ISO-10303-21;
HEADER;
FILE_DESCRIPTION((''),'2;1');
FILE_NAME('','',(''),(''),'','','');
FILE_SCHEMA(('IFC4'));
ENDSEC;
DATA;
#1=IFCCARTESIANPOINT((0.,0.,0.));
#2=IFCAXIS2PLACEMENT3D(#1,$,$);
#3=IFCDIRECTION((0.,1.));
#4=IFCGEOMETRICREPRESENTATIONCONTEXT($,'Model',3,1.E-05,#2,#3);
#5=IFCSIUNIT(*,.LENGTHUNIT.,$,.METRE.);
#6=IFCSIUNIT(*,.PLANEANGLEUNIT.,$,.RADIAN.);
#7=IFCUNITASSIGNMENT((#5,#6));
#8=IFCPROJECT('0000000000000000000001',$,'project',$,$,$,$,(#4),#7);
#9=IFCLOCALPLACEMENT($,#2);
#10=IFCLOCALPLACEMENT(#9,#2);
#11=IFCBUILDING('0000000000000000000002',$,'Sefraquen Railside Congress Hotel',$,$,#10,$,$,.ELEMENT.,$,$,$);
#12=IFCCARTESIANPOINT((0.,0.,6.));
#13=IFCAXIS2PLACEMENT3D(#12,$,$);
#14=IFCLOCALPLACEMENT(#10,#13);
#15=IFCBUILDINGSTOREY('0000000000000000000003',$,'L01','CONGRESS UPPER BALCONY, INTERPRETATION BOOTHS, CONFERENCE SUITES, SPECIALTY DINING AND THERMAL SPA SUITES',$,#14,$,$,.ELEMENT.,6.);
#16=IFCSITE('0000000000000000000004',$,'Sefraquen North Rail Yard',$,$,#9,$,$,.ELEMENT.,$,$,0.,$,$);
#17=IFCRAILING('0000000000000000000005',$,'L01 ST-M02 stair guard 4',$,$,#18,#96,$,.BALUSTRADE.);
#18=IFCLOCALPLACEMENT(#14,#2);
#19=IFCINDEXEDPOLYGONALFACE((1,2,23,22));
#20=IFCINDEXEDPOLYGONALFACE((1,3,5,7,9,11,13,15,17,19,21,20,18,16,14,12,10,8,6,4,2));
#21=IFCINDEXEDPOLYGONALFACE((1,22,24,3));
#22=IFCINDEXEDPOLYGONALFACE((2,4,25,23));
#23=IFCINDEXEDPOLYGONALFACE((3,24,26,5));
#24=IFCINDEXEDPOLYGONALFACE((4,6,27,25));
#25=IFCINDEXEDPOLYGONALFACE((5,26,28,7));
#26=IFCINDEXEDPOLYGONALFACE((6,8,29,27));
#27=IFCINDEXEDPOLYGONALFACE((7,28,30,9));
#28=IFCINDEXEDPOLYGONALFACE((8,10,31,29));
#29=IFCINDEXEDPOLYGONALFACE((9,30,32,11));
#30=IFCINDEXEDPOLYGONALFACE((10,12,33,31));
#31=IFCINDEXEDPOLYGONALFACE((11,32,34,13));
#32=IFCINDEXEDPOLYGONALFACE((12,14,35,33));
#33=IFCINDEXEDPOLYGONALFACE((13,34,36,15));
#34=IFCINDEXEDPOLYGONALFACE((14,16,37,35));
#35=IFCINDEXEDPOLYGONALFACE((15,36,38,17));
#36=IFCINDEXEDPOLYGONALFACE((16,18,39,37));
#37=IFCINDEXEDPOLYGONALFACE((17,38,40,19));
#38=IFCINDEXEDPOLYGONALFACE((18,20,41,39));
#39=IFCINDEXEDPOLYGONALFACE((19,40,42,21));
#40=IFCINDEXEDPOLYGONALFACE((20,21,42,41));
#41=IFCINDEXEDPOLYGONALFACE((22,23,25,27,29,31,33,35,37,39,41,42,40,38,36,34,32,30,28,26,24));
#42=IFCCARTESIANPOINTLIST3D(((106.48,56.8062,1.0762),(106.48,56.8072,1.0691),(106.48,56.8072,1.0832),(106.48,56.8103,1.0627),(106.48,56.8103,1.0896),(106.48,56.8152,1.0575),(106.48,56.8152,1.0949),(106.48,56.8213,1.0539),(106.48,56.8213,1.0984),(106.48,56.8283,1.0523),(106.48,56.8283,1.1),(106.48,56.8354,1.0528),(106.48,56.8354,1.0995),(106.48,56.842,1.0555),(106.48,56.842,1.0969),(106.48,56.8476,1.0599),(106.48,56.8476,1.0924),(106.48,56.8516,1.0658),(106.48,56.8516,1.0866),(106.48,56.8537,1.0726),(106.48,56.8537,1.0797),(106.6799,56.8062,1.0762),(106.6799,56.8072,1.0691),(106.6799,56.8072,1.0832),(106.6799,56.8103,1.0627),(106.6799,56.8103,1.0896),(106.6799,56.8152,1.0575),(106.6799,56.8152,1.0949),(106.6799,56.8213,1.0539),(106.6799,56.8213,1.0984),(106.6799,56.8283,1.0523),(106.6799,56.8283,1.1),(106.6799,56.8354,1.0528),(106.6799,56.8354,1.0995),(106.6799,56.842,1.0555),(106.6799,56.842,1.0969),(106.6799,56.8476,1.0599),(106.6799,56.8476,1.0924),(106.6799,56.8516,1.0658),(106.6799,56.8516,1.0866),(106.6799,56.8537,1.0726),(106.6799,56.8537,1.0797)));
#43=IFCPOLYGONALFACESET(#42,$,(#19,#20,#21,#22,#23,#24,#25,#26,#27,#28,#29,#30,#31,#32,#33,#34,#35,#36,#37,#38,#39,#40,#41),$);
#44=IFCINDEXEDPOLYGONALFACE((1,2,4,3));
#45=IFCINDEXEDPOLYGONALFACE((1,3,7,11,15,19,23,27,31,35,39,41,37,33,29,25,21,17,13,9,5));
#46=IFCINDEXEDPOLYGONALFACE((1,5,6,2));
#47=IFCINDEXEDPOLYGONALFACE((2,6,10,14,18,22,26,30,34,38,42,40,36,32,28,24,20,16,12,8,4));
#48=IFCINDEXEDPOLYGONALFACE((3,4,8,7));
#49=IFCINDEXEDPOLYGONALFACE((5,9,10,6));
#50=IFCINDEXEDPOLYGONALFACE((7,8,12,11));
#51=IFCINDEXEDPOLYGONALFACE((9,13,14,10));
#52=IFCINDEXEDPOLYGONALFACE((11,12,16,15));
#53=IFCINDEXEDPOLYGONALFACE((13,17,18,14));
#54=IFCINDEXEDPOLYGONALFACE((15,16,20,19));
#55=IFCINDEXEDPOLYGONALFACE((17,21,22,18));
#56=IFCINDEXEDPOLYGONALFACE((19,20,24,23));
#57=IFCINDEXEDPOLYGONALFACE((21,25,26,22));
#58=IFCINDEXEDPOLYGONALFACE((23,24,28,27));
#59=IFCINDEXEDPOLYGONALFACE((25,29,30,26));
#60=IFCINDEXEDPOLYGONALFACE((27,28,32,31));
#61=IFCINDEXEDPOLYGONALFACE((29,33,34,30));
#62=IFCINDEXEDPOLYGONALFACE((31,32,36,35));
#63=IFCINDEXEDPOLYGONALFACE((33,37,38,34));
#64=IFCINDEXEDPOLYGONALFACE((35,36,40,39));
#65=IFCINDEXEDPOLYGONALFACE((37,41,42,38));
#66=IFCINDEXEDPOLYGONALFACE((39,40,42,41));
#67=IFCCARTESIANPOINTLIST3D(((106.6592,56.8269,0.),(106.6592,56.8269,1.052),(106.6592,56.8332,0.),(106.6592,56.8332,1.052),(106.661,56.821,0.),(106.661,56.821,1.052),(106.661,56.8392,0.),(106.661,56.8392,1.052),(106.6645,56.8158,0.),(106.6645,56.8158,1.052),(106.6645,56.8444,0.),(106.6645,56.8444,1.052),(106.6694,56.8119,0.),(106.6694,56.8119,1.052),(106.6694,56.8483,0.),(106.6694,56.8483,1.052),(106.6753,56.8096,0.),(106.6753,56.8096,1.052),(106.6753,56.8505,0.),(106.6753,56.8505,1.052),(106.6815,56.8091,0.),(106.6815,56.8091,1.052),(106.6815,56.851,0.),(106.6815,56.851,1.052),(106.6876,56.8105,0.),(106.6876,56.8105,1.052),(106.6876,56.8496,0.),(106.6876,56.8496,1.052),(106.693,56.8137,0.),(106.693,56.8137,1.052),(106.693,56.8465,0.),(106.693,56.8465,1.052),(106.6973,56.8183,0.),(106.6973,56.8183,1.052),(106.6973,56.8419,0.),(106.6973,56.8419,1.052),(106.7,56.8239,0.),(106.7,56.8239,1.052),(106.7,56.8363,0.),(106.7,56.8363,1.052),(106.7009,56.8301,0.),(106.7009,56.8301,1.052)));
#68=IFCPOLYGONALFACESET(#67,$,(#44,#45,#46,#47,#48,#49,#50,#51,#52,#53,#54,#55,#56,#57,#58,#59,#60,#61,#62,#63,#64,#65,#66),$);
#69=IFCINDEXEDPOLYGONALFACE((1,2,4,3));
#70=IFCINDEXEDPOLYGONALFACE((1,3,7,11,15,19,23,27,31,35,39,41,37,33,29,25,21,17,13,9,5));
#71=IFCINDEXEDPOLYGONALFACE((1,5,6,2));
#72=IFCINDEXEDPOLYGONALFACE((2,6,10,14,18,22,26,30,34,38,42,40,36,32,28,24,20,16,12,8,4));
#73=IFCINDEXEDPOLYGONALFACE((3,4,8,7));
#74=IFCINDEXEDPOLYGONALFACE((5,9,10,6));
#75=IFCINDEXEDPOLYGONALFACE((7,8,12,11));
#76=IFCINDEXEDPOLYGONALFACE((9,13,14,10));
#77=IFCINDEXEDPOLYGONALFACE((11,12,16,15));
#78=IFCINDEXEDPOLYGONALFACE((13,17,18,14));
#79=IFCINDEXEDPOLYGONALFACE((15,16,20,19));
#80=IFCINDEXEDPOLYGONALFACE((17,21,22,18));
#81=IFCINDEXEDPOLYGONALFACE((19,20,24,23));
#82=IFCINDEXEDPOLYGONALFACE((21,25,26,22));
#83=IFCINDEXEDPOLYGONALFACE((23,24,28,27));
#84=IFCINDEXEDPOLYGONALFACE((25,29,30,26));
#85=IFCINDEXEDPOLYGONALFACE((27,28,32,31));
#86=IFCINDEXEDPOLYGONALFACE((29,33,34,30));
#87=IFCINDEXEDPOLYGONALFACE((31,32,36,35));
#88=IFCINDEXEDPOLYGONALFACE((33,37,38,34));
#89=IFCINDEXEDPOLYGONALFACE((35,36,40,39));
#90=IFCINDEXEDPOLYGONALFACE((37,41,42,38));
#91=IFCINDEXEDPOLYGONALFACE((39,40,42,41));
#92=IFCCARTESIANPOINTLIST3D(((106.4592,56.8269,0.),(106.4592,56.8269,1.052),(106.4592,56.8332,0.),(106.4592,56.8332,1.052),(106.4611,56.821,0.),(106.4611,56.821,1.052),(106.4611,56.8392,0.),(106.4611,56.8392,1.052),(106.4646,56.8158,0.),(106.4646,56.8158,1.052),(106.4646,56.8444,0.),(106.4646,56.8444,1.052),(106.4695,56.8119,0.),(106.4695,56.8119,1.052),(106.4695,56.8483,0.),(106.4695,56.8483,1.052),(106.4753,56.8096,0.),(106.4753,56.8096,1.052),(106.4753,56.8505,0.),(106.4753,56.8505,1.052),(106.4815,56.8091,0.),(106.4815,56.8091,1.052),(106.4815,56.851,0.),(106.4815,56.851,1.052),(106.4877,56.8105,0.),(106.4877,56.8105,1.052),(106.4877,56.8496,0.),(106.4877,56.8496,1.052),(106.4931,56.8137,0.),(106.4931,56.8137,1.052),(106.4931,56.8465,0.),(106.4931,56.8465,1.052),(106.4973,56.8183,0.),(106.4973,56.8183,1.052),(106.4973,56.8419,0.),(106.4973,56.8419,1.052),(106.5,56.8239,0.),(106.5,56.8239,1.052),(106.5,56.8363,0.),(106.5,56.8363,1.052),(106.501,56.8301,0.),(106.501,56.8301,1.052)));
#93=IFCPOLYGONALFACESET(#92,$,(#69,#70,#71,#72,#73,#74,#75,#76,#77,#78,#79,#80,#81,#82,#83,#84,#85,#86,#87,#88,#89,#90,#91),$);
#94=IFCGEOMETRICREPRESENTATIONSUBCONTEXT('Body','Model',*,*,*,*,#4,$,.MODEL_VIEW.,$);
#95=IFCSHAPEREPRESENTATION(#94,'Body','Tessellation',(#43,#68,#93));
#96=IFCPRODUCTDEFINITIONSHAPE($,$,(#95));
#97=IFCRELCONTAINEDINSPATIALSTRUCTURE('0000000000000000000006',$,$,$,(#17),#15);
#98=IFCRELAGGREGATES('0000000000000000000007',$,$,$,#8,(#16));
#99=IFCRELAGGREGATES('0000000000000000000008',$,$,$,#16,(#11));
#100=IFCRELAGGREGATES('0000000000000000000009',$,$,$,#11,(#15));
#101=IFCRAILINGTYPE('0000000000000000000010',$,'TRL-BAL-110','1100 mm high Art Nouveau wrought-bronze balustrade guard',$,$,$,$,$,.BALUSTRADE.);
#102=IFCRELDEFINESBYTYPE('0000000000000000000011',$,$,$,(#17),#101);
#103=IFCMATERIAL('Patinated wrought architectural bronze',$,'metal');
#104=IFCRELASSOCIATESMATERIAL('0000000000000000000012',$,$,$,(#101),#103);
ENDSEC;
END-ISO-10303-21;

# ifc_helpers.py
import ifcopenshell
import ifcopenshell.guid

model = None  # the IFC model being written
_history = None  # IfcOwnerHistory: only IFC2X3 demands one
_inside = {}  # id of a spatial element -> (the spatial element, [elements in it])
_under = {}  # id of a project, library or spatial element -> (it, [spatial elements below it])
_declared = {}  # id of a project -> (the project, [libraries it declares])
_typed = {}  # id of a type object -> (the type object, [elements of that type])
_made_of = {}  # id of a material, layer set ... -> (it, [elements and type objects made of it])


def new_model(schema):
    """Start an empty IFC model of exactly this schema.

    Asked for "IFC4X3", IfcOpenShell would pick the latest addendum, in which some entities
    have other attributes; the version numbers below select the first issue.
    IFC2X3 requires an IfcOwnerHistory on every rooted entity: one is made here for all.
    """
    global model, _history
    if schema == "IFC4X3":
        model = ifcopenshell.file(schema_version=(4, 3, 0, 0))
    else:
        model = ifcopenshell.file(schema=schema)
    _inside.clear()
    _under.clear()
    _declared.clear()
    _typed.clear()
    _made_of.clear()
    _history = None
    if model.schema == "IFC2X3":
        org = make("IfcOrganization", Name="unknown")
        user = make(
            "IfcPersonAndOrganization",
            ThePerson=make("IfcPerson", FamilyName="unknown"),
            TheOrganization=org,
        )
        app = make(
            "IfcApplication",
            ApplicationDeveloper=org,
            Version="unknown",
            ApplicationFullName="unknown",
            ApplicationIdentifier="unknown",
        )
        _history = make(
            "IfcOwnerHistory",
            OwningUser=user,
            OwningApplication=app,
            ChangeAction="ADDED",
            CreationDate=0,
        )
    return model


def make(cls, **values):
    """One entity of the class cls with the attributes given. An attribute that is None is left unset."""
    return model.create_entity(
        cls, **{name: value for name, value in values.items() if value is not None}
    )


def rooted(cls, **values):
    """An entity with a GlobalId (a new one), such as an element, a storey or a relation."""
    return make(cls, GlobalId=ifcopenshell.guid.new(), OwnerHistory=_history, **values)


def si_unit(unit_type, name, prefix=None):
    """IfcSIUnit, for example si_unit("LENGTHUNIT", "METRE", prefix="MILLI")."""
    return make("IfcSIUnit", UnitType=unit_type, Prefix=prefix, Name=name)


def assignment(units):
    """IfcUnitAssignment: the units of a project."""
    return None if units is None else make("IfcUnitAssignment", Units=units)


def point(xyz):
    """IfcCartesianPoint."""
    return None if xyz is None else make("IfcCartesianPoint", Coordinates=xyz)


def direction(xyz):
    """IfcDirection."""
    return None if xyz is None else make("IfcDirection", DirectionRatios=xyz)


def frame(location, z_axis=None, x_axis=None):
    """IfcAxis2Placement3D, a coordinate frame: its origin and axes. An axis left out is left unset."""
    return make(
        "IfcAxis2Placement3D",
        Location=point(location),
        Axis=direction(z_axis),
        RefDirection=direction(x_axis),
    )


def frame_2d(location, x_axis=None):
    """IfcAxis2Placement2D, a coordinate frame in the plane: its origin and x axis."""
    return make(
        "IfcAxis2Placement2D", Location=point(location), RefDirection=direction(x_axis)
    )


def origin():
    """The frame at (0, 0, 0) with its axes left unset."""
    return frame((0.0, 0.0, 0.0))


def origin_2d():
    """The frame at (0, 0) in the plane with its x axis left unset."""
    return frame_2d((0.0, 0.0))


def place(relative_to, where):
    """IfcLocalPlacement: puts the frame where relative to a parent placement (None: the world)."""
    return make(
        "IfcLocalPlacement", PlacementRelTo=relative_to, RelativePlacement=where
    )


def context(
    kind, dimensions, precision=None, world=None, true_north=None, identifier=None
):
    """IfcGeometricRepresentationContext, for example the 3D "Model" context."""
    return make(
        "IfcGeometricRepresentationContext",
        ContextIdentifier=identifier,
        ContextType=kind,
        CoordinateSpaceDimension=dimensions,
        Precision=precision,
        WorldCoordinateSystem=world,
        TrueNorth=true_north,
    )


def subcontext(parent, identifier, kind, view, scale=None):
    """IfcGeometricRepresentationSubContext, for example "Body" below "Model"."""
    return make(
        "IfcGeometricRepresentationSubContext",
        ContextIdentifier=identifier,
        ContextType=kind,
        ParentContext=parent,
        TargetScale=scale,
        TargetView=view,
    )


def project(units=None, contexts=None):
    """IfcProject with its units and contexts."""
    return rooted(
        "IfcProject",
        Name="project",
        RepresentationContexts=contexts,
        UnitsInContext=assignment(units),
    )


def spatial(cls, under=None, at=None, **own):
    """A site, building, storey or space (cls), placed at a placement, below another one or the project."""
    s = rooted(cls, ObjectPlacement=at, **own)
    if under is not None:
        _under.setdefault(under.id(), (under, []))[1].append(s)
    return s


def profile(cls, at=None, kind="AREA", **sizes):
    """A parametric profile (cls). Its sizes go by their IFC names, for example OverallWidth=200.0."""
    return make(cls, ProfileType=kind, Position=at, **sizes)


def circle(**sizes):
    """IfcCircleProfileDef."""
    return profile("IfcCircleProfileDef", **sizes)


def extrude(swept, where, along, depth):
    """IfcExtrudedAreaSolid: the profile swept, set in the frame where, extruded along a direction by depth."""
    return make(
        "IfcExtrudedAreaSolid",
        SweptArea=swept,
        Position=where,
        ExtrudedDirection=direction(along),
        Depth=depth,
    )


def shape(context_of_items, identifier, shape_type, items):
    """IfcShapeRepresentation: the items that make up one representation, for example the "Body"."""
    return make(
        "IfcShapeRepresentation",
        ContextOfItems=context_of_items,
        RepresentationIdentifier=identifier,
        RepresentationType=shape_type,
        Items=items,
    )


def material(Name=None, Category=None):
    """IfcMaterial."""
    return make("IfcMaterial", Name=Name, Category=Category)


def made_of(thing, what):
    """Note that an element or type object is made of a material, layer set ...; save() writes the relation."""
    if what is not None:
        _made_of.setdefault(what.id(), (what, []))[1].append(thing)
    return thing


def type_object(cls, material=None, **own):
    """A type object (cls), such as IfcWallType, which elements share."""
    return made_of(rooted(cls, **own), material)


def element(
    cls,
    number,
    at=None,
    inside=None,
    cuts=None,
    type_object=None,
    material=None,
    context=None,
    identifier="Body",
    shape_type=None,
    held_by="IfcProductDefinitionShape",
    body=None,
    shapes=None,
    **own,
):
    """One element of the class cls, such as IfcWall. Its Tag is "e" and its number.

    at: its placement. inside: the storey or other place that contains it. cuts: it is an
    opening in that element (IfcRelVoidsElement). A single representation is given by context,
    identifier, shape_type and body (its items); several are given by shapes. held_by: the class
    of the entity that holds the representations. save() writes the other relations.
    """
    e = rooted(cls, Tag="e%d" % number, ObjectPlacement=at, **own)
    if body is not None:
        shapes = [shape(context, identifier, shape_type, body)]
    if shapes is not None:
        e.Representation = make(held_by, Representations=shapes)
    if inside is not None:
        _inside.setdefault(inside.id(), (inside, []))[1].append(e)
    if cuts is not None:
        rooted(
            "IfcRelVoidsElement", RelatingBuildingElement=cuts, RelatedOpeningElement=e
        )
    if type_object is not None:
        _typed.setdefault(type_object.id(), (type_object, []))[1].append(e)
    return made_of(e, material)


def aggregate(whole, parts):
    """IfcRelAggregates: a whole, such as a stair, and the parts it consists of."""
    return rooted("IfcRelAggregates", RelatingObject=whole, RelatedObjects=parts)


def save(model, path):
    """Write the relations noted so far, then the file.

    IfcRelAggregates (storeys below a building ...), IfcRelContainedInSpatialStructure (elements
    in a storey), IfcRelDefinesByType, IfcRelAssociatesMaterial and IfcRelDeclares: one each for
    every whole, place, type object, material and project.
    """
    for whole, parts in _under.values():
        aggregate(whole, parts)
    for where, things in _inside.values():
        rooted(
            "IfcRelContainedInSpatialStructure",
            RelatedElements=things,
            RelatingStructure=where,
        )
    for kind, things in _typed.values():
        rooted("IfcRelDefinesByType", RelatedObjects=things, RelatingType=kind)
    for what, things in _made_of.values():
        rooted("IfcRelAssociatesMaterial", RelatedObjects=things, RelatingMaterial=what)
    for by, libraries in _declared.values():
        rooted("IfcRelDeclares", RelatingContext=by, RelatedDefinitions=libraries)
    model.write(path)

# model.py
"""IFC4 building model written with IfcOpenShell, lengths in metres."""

from ifc_helpers import new_model, si_unit, direction, frame, origin, origin_2d, place, context, subcontext, project, spatial, circle, extrude, material, type_object, element, save


model = new_model("IFC4")

# Units and contexts
model_context = context("Model", 3, precision=1e-05, world=origin(), true_north=direction((0.0, 1.0)))
body_context = subcontext(model_context, "Body", "Model", "MODEL_VIEW")
ifc_project = project(units=[si_unit("LENGTHUNIT", "METRE"), si_unit("PLANEANGLEUNIT", "RADIAN")], contexts=[model_context])

# Site, building, storey
site_placement = place(None, origin())
site = spatial("IfcSite", under=ifc_project, at=site_placement, Name="Sefraquen North Rail Yard", CompositionType="ELEMENT", RefElevation=0.0)
building_placement = place(site_placement, origin())
building = spatial("IfcBuilding", under=site, at=building_placement, Name="Sefraquen Railside Congress Hotel", CompositionType="ELEMENT")
storey_placement = place(building_placement, frame((0.0, 0.0, 6.0)))
storey = spatial("IfcBuildingStorey", under=building, at=storey_placement, Name="L01", Description="CONGRESS UPPER BALCONY, INTERPRETATION BOOTHS, CONFERENCE SUITES, SPECIALTY DINING AND THERMAL SPA SUITES", CompositionType="ELEMENT", Elevation=6.0)

# Railing
ifc_material_1 = material(Name="Patinated wrought architectural bronze", Category="metal")
railing_type_1 = type_object("IfcRailingType", Name="TRL-BAL-110", Description="1100 mm high Art Nouveau wrought-bronze balustrade guard", PredefinedType="BALUSTRADE", material=ifc_material_1)
railing_1_placement = place(storey_placement, frame((106.6799, 56.8301, 0.0)))
element("IfcRailing", 1, at=railing_1_placement, inside=storey, type_object=railing_type_1, Name="L01 ST-M02 stair guard 4", PredefinedType="BALUSTRADE", context=body_context, shape_type="SweptSolid", body=[
    extrude(circle(Radius=0.0239, at=origin_2d()), frame((0.0, 0.0, 1.0762), z_axis=(-1.0, 0.0, 0.0), x_axis=(0.0, -1.0, 0.0)), (0.0, 0.0, 1.0), 0.2),
    extrude(circle(Radius=0.021, at=origin_2d()), origin(), (0.0, 0.0, 1.0), 1.052),
    extrude(circle(Radius=0.021, at=origin_2d()), frame((-0.2, 0.0, 0.0)), (0.0, 0.0, 1.0), 1.052),
])

save(model, "model.ifc")
